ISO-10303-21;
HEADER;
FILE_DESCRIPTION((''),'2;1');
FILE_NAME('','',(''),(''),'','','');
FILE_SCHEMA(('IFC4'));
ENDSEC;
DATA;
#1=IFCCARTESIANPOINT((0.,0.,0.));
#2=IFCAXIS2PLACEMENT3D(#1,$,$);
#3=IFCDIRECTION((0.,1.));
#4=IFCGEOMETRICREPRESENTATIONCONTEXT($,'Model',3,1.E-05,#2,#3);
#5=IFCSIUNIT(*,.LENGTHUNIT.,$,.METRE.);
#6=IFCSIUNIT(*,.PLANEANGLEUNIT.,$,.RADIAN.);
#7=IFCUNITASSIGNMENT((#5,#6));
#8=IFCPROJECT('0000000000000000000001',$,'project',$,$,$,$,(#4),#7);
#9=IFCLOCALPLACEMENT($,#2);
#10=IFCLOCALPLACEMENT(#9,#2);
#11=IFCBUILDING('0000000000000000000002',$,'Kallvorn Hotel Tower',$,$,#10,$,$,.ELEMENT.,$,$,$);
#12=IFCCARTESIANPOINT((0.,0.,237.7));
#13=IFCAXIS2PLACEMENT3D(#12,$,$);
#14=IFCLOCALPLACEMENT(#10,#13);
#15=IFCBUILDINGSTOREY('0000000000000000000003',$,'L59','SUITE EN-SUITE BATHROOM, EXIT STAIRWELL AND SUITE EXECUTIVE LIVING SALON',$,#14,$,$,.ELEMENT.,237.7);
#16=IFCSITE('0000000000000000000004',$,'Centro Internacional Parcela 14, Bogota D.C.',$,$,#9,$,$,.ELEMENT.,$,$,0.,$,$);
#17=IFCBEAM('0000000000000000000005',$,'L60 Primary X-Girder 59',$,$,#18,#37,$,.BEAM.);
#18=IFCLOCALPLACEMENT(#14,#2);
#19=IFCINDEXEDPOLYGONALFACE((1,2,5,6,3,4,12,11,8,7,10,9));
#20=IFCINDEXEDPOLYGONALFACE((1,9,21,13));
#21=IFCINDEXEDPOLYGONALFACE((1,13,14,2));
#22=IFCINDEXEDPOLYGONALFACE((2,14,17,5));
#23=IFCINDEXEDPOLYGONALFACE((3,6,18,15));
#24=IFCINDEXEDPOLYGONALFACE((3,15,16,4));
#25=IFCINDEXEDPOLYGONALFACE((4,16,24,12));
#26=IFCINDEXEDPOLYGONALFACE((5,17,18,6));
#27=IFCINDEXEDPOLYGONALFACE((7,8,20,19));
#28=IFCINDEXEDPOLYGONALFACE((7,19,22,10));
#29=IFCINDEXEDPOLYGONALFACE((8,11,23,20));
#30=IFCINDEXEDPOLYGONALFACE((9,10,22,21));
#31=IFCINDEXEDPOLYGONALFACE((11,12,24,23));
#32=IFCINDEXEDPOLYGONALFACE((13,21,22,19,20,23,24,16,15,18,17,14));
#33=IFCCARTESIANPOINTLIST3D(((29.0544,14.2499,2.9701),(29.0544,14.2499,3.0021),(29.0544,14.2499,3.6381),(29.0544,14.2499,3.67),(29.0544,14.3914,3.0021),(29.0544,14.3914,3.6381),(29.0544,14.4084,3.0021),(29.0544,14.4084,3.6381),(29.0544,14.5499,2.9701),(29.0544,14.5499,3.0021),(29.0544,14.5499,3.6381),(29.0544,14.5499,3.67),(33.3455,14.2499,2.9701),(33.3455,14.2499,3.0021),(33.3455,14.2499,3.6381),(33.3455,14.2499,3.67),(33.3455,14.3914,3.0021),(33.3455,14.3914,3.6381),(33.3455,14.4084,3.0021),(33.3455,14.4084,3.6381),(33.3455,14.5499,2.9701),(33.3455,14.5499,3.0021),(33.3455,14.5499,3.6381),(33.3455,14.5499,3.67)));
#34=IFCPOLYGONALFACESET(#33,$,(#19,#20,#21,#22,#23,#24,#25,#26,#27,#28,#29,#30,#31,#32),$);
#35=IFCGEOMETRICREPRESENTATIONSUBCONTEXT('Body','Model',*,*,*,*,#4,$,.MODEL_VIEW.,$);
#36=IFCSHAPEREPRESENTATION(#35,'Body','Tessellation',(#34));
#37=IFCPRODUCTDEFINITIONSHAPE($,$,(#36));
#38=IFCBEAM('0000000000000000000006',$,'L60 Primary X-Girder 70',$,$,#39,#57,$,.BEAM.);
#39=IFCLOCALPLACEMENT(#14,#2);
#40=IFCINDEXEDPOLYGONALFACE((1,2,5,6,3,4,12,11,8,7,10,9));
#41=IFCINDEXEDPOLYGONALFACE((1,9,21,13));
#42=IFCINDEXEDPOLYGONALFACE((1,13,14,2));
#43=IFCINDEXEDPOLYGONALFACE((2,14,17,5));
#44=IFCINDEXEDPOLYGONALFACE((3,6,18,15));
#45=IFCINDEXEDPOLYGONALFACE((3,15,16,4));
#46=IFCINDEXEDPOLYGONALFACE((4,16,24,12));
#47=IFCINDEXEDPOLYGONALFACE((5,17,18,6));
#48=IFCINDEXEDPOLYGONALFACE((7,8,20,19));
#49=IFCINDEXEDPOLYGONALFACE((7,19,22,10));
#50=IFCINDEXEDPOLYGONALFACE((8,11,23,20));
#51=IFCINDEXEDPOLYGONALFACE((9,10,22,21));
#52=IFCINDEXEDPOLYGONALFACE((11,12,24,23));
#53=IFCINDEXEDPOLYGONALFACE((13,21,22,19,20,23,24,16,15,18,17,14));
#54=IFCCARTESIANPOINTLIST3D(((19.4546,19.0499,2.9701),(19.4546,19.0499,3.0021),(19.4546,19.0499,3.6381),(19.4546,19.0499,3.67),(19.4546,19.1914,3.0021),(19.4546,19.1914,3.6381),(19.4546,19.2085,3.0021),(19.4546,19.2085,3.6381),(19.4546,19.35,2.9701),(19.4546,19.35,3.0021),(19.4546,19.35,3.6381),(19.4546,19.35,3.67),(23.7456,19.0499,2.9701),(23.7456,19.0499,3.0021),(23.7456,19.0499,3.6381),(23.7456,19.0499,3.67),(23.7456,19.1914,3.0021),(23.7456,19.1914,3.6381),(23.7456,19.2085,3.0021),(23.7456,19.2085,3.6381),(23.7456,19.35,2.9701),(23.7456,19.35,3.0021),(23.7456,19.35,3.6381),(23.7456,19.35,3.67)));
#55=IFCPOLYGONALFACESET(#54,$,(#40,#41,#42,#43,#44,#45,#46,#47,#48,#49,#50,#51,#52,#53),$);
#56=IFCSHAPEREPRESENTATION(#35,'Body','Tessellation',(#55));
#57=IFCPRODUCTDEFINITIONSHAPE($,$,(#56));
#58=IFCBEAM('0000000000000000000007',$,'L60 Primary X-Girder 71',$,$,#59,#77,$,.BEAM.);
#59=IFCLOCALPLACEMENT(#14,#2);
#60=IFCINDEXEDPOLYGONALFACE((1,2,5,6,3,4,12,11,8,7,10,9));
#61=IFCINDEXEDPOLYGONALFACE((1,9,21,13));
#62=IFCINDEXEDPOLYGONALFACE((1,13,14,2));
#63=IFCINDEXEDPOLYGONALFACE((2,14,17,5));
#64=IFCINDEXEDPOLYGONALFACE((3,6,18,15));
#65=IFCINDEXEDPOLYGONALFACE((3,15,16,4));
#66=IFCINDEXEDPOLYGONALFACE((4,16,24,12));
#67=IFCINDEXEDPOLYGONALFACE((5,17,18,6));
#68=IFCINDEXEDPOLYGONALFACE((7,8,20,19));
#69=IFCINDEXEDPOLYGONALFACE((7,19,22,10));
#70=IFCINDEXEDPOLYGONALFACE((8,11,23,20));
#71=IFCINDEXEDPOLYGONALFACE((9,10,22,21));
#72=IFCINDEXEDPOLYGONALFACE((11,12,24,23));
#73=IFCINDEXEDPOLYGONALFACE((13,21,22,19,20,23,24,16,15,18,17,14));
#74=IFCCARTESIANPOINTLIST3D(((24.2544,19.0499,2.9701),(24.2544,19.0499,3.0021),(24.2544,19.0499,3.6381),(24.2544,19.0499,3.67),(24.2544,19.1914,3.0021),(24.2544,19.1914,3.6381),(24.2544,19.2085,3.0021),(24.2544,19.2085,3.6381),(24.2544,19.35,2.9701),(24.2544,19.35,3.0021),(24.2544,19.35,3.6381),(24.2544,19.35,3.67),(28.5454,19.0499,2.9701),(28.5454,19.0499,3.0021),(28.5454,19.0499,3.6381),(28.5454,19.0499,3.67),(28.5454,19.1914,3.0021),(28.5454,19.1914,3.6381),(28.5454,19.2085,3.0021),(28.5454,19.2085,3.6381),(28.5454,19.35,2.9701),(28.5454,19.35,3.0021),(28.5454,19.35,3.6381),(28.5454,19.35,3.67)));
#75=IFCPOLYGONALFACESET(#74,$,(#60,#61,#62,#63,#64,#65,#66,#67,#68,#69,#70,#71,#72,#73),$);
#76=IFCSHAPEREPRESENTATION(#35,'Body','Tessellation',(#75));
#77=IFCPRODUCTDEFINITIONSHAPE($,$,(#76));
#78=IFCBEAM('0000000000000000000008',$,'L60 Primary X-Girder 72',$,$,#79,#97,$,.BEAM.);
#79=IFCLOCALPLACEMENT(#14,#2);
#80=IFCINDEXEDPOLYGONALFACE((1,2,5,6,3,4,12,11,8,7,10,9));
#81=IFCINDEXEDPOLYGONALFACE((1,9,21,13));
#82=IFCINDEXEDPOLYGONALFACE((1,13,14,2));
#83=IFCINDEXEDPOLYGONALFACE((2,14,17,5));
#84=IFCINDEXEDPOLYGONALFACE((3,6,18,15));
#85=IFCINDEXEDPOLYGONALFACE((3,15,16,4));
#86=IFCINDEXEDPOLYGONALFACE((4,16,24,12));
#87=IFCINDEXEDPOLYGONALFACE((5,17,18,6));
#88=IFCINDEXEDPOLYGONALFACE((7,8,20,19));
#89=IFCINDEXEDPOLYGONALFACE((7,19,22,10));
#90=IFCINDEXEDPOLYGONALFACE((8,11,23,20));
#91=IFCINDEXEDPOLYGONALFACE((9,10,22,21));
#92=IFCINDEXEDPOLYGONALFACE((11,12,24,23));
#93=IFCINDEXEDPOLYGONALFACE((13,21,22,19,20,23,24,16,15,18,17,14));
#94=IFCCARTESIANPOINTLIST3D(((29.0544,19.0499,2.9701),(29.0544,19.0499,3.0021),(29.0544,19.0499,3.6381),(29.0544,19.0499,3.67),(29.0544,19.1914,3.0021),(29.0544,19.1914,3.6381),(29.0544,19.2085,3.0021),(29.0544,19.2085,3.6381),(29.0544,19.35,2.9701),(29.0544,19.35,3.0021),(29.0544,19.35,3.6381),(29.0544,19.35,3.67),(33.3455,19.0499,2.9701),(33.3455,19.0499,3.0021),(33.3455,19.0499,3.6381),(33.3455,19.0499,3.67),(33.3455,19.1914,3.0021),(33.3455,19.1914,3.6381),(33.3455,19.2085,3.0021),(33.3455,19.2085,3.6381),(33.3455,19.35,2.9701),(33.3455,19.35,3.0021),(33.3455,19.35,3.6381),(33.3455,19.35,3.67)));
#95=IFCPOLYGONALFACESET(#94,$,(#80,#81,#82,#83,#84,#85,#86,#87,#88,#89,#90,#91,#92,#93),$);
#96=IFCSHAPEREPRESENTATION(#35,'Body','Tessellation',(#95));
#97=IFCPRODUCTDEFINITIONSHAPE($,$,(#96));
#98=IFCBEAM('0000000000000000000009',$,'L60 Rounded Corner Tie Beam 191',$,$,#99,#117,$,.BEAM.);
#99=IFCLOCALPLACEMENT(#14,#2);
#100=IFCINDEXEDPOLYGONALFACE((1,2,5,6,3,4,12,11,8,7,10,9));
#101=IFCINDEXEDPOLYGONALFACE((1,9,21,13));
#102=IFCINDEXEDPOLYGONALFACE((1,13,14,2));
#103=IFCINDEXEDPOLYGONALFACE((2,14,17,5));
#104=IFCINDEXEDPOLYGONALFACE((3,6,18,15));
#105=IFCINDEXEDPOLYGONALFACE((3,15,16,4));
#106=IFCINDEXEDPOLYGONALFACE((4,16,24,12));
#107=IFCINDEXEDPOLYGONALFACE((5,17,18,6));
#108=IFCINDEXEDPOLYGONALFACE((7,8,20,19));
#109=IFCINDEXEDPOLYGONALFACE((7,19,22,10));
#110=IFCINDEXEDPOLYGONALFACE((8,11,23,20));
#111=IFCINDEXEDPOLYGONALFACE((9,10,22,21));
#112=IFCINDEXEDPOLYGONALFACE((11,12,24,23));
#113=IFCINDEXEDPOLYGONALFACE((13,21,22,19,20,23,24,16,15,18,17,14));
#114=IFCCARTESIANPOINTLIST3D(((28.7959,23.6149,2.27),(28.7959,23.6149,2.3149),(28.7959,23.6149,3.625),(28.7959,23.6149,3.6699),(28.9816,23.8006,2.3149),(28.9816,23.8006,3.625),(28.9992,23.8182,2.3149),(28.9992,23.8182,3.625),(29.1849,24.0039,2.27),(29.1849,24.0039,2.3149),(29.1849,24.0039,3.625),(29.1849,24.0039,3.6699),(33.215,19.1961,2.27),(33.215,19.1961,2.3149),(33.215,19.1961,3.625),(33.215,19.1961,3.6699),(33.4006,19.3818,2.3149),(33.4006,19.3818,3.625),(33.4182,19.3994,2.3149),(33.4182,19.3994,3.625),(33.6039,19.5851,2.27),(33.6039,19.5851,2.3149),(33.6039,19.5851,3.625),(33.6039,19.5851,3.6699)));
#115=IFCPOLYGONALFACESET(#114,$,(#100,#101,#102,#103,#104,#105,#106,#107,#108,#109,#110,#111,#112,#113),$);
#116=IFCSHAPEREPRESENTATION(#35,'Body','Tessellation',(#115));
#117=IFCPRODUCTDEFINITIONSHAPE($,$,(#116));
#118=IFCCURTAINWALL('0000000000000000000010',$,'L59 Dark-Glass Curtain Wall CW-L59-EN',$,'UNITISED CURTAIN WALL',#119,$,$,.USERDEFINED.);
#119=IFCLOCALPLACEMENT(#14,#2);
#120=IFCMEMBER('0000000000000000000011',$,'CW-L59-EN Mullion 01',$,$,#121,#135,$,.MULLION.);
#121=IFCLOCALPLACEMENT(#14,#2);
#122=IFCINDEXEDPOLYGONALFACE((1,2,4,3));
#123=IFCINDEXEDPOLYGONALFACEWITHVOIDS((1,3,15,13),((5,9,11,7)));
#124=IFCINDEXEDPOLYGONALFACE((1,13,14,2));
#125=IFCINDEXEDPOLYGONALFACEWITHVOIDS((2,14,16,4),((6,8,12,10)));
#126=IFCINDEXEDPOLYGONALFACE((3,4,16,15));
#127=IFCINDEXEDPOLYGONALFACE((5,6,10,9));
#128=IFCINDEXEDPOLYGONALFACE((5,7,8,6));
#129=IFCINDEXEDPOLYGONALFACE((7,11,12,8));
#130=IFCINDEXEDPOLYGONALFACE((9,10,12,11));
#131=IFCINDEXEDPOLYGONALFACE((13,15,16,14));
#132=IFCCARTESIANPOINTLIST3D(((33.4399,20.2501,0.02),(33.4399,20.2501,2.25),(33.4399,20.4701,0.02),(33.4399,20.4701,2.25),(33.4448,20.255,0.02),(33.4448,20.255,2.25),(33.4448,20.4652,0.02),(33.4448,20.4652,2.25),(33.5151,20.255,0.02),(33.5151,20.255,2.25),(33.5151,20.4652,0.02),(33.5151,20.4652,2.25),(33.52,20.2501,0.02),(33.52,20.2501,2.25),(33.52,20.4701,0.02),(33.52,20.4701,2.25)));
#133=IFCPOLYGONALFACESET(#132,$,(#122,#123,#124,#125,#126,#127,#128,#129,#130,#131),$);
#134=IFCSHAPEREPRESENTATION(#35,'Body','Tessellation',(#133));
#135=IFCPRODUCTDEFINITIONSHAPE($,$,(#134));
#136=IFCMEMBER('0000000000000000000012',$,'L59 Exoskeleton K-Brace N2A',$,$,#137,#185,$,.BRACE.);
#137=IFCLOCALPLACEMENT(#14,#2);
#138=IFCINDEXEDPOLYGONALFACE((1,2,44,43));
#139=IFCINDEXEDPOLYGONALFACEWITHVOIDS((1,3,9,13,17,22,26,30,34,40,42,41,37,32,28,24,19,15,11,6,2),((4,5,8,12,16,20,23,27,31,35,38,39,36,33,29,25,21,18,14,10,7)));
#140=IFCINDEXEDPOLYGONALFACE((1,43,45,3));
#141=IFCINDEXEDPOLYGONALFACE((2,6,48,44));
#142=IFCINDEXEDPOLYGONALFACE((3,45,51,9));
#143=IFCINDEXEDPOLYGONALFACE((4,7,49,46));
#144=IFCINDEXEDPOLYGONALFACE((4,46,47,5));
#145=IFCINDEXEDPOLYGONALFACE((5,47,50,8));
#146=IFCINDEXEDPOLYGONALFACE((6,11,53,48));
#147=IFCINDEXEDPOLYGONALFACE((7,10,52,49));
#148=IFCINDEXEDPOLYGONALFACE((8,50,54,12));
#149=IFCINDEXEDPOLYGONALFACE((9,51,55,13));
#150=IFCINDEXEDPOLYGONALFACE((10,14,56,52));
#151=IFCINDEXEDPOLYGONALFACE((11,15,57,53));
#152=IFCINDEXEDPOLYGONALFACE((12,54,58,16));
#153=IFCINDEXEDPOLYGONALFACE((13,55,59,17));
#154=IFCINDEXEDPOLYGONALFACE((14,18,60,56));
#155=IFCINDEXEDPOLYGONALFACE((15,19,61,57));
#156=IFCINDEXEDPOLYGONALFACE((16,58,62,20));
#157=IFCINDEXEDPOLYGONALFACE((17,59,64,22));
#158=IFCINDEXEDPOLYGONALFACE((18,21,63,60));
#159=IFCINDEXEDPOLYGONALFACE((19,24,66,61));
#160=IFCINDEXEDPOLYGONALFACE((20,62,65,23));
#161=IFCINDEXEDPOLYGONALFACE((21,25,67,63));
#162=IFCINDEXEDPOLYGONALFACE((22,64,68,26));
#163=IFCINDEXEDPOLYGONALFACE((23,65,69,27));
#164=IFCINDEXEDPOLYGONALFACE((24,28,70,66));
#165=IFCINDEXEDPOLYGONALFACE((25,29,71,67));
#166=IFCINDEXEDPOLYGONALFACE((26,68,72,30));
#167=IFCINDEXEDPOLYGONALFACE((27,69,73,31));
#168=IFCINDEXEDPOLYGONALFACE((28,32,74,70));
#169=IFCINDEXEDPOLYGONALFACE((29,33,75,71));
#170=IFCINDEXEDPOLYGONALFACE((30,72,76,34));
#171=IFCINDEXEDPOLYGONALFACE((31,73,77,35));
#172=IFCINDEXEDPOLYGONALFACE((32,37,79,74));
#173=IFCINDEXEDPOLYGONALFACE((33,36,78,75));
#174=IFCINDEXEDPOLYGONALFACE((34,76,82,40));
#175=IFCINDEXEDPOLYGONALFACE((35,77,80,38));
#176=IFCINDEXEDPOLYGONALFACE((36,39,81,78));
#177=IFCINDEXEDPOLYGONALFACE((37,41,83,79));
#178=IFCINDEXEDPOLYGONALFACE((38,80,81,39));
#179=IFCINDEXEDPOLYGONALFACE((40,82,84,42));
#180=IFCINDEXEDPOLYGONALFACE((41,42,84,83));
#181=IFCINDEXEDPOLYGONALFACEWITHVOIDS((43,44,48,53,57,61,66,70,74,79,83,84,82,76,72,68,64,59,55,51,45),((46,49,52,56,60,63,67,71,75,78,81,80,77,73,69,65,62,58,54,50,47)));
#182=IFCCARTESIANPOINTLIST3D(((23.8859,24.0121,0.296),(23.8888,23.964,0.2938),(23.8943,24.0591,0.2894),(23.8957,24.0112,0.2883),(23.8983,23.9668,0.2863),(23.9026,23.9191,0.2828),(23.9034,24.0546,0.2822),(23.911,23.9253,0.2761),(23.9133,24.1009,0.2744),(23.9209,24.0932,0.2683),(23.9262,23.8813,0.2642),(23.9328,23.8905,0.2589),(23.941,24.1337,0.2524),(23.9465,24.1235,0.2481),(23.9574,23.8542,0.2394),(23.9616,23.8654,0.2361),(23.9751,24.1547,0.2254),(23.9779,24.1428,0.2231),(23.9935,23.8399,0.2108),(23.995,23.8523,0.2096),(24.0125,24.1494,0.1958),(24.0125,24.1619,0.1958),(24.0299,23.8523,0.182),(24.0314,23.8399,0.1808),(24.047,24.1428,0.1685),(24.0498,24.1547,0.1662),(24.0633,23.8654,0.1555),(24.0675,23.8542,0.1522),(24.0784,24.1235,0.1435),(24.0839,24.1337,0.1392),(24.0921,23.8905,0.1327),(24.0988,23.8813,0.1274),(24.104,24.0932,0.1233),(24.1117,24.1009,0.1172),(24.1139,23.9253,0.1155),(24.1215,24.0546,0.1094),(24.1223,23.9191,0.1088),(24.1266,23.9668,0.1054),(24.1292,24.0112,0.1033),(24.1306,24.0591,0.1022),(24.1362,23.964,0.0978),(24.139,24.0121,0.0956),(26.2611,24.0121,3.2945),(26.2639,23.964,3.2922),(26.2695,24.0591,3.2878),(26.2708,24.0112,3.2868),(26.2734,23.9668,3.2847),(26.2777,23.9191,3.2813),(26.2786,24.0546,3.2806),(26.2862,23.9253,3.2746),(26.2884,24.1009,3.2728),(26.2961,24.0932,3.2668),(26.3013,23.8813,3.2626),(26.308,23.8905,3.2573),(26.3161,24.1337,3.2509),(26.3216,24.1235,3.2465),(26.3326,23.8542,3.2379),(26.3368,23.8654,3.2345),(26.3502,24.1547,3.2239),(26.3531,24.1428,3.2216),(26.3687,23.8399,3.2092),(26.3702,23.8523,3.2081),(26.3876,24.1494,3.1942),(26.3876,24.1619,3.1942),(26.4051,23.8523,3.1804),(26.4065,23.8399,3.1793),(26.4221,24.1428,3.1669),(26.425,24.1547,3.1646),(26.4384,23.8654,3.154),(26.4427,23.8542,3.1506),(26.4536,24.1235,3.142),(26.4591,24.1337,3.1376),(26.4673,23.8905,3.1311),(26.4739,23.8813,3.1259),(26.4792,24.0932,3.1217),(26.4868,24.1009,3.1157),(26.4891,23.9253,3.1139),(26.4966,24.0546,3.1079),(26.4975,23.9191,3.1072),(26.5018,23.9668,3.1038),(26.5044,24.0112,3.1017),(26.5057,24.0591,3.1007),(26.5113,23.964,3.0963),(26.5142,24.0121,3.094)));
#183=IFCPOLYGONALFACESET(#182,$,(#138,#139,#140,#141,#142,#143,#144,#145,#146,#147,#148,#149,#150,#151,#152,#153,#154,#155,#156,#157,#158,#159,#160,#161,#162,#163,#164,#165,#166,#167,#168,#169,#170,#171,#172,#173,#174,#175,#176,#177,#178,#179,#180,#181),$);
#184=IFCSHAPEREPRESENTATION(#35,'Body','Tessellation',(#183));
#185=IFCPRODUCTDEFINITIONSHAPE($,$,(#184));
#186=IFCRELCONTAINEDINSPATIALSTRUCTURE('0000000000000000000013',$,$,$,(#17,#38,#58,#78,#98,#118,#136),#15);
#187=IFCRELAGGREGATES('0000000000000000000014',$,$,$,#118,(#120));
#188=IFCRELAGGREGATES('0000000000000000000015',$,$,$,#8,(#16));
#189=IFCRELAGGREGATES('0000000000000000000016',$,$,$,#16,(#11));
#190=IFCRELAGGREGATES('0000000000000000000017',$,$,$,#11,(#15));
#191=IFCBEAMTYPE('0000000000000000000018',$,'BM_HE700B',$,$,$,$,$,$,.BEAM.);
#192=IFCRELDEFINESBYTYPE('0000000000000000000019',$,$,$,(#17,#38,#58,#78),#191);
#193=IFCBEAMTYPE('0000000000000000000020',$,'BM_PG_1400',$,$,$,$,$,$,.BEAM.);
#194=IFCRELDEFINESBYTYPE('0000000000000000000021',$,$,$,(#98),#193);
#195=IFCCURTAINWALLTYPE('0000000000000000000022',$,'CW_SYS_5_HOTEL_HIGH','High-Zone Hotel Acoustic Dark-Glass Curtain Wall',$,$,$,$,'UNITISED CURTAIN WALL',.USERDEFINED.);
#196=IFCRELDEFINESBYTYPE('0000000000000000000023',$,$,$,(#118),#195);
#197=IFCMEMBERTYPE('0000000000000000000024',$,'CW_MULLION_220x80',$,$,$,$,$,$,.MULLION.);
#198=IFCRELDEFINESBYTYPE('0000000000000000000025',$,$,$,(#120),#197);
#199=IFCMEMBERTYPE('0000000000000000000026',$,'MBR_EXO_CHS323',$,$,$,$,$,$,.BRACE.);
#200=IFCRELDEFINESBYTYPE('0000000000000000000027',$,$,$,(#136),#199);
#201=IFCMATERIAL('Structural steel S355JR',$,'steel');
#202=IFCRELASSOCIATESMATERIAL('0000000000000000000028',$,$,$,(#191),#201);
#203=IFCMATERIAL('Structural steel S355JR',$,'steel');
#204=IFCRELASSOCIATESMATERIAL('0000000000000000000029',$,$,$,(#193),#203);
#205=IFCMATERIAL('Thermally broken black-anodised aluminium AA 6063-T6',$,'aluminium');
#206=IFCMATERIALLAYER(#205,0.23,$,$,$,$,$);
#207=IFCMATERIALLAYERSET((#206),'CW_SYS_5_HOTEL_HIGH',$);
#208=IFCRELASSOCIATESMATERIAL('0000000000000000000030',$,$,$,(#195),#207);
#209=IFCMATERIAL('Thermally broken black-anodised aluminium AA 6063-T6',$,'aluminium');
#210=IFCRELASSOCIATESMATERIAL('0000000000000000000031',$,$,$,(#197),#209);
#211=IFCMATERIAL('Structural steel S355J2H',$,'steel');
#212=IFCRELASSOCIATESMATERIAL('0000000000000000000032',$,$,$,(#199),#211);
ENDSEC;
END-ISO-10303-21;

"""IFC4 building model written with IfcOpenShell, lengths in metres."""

from ifc_helpers import new_model, si_unit, direction, frame, origin, origin_2d, place, context, subcontext, project, spatial, hollow_rectangle, hollow_circle, i_section, extrude, material, layer, layer_set, material_profile, profile_set, type_object, element, aggregate, save


model = new_model("IFC4")

# Units and contexts
model_context = context("Model", 3, precision=1e-05, world=origin(), true_north=direction((0.0, 1.0)))
body_context = subcontext(model_context, "Body", "Model", "MODEL_VIEW")
ifc_project = project(units=[si_unit("LENGTHUNIT", "METRE"), si_unit("PLANEANGLEUNIT", "RADIAN")], contexts=[model_context])

# Site, building, storey
site_placement = place(None, origin())
site = spatial("IfcSite", under=ifc_project, at=site_placement, Name="Centro Internacional Parcela 14, Bogota D.C.", CompositionType="ELEMENT", RefElevation=0.0)
building_placement = place(site_placement, origin())
building = spatial("IfcBuilding", under=site, at=building_placement, Name="Kallvorn Hotel Tower", CompositionType="ELEMENT")
storey_placement = place(building_placement, frame((0.0, 0.0, 237.7)))
storey = spatial("IfcBuildingStorey", under=building, at=storey_placement, Name="L59", Description="SUITE EN-SUITE BATHROOM, EXIT STAIRWELL AND SUITE EXECUTIVE LIVING SALON", CompositionType="ELEMENT", Elevation=237.7)

# Beams
ifc_material_1 = material(Name="Structural steel S355JR", Category="steel")
ifc_material_profile_1 = material_profile(ifc_material_1, i_section(OverallWidth=0.3, OverallDepth=0.7, WebThickness=0.0171, FlangeThickness=0.032, at=origin_2d()), Name="HE 700 B")
ifc_profile_set_1 = profile_set([ifc_material_profile_1], Name="Structural steel S355JR")
beam_type_1 = type_object("IfcBeamType", Name="BM_HE700B", PredefinedType="BEAM", material=ifc_profile_set_1)
for number, where, z_axis, x_axis, name in (
    (1, (29.0544, 14.3999, 3.3201), (1.0, 0.0, 0.0), (0.0, 1.0, 0.0), "L60 Primary X-Girder 59"),
    (2, (19.4546, 19.2, 3.3201), (1.0, 0.0, 0.0), (0.0, 1.0, 0.0), "L60 Primary X-Girder 70"),
    (3, (24.2544, 19.2, 3.3201), (1.0, 0.0, 0.0), (0.0, 1.0, 0.0), "L60 Primary X-Girder 71"),
    (4, (29.0544, 19.2, 3.3201), (1.0, 0.0, 0.0), (0.0, 1.0, 0.0), "L60 Primary X-Girder 72"),
):
    element("IfcBeam", number, at=place(storey_placement, frame(where, z_axis=z_axis, x_axis=x_axis)), inside=storey, type_object=beam_type_1, Name=name, PredefinedType="BEAM", context=body_context, shape_type="SweptSolid", body=[
        extrude(i_section(OverallWidth=0.3, OverallDepth=0.7, WebThickness=0.0171, FlangeThickness=0.032, at=origin_2d()), origin(), (0.0, 0.0, 1.0), 4.291),
    ])
ifc_material_2 = material(Name="Structural steel S355JR", Category="steel")
ifc_material_profile_2 = material_profile(ifc_material_2, i_section(OverallWidth=0.55, OverallDepth=1.3999, WebThickness=0.0249, FlangeThickness=0.0449, at=origin_2d()), Name="PG 1400x550x25x45")
ifc_profile_set_2 = profile_set([ifc_material_profile_2], Name="Structural steel S355JR")
beam_type_2 = type_object("IfcBeamType", Name="BM_PG_1400", PredefinedType="BEAM", material=ifc_profile_set_2)
beam_1_placement = place(storey_placement, frame((33.4094, 19.3906, 2.97), z_axis=(-0.707126, 0.707087, 0.0), x_axis=(-0.707087, -0.707126, 0.0)))
element("IfcBeam", 5, at=beam_1_placement, inside=storey, type_object=beam_type_2, Name="L60 Rounded Corner Tie Beam 191", PredefinedType="BEAM", context=body_context, shape_type="SweptSolid", body=[
    extrude(i_section(OverallWidth=0.55, OverallDepth=1.3999, WebThickness=0.0249, FlangeThickness=0.0449, at=origin_2d()), origin(), (0.0, 0.0, 1.0), 6.2493),
])

# Curtain wall, member
ifc_material_3 = material(Name="Thermally broken black-anodised aluminium AA 6063-T6", Category="aluminium")
ifc_layer_1 = layer(ifc_material_3, 0.23)
ifc_layer_set_1 = layer_set([ifc_layer_1], Name="CW_SYS_5_HOTEL_HIGH")
curtain_wall_type = type_object("IfcCurtainWallType", Name="CW_SYS_5_HOTEL_HIGH", Description="High-Zone Hotel Acoustic Dark-Glass Curtain Wall", ElementType="UNITISED CURTAIN WALL", PredefinedType="USERDEFINED", material=ifc_layer_set_1)
curtain_wall_placement = place(storey_placement, origin())
curtain_wall = element("IfcCurtainWall", 6, at=curtain_wall_placement, inside=storey, type_object=curtain_wall_type, Name="L59 Dark-Glass Curtain Wall CW-L59-EN", ObjectType="UNITISED CURTAIN WALL", PredefinedType="USERDEFINED")
ifc_material_4 = material(Name="Thermally broken black-anodised aluminium AA 6063-T6", Category="aluminium")
ifc_material_profile_3 = material_profile(ifc_material_4, hollow_rectangle(XDim=0.0801, YDim=0.22, WallThickness=0.0049, at=origin_2d()), Name="MUL 220x80")
ifc_profile_set_3 = profile_set([ifc_material_profile_3], Name="Thermally broken black-anodised aluminium AA 6063-T6")
member_type_1 = type_object("IfcMemberType", Name="CW_MULLION_220x80", PredefinedType="MULLION", material=ifc_profile_set_3)
member_placement = place(storey_placement, frame((33.48, 20.3601, 0.02), z_axis=(0.0, 0.0, 1.0), x_axis=(1.0, 0.0, 0.0)))
member = element("IfcMember", 7, at=member_placement, type_object=member_type_1, Name="CW-L59-EN Mullion 01", PredefinedType="MULLION", context=body_context, shape_type="SweptSolid", body=[
    extrude(hollow_rectangle(XDim=0.0801, YDim=0.22, WallThickness=0.0049, at=origin_2d()), origin(), (0.0, 0.0, 1.0), 2.23),
])
aggregate(curtain_wall, [member])

# Member
ifc_material_5 = material(Name="Structural steel S355J2H", Category="steel")
ifc_material_profile_4 = material_profile(ifc_material_5, hollow_circle(Radius=0.1619, WallThickness=0.0125, at=origin_2d()), Name="CHS 323.9x12.5")
ifc_profile_set_4 = profile_set([ifc_material_profile_4], Name="Structural steel S355J2H")
member_type_2 = type_object("IfcMemberType", Name="MBR_EXO_CHS323", PredefinedType="BRACE", material=ifc_profile_set_4)
for number, where, z_axis, x_axis, name in (
    (8, (24.0125, 24.0, 0.1958), (0.620929, 0.0, 0.783867), (0.0, 1.0, 0.0), "L59 Exoskeleton K-Brace N2A"),
):
    element("IfcMember", number, at=place(storey_placement, frame(where, z_axis=z_axis, x_axis=x_axis)), inside=storey, type_object=member_type_2, Name=name, PredefinedType="BRACE", context=body_context, shape_type="SweptSolid", body=[
        extrude(hollow_circle(Radius=0.1619, WallThickness=0.0125, at=origin_2d()), origin(), (0.0, 0.0, 1.0), 3.8252),
    ])

save(model, "model.ifc")
